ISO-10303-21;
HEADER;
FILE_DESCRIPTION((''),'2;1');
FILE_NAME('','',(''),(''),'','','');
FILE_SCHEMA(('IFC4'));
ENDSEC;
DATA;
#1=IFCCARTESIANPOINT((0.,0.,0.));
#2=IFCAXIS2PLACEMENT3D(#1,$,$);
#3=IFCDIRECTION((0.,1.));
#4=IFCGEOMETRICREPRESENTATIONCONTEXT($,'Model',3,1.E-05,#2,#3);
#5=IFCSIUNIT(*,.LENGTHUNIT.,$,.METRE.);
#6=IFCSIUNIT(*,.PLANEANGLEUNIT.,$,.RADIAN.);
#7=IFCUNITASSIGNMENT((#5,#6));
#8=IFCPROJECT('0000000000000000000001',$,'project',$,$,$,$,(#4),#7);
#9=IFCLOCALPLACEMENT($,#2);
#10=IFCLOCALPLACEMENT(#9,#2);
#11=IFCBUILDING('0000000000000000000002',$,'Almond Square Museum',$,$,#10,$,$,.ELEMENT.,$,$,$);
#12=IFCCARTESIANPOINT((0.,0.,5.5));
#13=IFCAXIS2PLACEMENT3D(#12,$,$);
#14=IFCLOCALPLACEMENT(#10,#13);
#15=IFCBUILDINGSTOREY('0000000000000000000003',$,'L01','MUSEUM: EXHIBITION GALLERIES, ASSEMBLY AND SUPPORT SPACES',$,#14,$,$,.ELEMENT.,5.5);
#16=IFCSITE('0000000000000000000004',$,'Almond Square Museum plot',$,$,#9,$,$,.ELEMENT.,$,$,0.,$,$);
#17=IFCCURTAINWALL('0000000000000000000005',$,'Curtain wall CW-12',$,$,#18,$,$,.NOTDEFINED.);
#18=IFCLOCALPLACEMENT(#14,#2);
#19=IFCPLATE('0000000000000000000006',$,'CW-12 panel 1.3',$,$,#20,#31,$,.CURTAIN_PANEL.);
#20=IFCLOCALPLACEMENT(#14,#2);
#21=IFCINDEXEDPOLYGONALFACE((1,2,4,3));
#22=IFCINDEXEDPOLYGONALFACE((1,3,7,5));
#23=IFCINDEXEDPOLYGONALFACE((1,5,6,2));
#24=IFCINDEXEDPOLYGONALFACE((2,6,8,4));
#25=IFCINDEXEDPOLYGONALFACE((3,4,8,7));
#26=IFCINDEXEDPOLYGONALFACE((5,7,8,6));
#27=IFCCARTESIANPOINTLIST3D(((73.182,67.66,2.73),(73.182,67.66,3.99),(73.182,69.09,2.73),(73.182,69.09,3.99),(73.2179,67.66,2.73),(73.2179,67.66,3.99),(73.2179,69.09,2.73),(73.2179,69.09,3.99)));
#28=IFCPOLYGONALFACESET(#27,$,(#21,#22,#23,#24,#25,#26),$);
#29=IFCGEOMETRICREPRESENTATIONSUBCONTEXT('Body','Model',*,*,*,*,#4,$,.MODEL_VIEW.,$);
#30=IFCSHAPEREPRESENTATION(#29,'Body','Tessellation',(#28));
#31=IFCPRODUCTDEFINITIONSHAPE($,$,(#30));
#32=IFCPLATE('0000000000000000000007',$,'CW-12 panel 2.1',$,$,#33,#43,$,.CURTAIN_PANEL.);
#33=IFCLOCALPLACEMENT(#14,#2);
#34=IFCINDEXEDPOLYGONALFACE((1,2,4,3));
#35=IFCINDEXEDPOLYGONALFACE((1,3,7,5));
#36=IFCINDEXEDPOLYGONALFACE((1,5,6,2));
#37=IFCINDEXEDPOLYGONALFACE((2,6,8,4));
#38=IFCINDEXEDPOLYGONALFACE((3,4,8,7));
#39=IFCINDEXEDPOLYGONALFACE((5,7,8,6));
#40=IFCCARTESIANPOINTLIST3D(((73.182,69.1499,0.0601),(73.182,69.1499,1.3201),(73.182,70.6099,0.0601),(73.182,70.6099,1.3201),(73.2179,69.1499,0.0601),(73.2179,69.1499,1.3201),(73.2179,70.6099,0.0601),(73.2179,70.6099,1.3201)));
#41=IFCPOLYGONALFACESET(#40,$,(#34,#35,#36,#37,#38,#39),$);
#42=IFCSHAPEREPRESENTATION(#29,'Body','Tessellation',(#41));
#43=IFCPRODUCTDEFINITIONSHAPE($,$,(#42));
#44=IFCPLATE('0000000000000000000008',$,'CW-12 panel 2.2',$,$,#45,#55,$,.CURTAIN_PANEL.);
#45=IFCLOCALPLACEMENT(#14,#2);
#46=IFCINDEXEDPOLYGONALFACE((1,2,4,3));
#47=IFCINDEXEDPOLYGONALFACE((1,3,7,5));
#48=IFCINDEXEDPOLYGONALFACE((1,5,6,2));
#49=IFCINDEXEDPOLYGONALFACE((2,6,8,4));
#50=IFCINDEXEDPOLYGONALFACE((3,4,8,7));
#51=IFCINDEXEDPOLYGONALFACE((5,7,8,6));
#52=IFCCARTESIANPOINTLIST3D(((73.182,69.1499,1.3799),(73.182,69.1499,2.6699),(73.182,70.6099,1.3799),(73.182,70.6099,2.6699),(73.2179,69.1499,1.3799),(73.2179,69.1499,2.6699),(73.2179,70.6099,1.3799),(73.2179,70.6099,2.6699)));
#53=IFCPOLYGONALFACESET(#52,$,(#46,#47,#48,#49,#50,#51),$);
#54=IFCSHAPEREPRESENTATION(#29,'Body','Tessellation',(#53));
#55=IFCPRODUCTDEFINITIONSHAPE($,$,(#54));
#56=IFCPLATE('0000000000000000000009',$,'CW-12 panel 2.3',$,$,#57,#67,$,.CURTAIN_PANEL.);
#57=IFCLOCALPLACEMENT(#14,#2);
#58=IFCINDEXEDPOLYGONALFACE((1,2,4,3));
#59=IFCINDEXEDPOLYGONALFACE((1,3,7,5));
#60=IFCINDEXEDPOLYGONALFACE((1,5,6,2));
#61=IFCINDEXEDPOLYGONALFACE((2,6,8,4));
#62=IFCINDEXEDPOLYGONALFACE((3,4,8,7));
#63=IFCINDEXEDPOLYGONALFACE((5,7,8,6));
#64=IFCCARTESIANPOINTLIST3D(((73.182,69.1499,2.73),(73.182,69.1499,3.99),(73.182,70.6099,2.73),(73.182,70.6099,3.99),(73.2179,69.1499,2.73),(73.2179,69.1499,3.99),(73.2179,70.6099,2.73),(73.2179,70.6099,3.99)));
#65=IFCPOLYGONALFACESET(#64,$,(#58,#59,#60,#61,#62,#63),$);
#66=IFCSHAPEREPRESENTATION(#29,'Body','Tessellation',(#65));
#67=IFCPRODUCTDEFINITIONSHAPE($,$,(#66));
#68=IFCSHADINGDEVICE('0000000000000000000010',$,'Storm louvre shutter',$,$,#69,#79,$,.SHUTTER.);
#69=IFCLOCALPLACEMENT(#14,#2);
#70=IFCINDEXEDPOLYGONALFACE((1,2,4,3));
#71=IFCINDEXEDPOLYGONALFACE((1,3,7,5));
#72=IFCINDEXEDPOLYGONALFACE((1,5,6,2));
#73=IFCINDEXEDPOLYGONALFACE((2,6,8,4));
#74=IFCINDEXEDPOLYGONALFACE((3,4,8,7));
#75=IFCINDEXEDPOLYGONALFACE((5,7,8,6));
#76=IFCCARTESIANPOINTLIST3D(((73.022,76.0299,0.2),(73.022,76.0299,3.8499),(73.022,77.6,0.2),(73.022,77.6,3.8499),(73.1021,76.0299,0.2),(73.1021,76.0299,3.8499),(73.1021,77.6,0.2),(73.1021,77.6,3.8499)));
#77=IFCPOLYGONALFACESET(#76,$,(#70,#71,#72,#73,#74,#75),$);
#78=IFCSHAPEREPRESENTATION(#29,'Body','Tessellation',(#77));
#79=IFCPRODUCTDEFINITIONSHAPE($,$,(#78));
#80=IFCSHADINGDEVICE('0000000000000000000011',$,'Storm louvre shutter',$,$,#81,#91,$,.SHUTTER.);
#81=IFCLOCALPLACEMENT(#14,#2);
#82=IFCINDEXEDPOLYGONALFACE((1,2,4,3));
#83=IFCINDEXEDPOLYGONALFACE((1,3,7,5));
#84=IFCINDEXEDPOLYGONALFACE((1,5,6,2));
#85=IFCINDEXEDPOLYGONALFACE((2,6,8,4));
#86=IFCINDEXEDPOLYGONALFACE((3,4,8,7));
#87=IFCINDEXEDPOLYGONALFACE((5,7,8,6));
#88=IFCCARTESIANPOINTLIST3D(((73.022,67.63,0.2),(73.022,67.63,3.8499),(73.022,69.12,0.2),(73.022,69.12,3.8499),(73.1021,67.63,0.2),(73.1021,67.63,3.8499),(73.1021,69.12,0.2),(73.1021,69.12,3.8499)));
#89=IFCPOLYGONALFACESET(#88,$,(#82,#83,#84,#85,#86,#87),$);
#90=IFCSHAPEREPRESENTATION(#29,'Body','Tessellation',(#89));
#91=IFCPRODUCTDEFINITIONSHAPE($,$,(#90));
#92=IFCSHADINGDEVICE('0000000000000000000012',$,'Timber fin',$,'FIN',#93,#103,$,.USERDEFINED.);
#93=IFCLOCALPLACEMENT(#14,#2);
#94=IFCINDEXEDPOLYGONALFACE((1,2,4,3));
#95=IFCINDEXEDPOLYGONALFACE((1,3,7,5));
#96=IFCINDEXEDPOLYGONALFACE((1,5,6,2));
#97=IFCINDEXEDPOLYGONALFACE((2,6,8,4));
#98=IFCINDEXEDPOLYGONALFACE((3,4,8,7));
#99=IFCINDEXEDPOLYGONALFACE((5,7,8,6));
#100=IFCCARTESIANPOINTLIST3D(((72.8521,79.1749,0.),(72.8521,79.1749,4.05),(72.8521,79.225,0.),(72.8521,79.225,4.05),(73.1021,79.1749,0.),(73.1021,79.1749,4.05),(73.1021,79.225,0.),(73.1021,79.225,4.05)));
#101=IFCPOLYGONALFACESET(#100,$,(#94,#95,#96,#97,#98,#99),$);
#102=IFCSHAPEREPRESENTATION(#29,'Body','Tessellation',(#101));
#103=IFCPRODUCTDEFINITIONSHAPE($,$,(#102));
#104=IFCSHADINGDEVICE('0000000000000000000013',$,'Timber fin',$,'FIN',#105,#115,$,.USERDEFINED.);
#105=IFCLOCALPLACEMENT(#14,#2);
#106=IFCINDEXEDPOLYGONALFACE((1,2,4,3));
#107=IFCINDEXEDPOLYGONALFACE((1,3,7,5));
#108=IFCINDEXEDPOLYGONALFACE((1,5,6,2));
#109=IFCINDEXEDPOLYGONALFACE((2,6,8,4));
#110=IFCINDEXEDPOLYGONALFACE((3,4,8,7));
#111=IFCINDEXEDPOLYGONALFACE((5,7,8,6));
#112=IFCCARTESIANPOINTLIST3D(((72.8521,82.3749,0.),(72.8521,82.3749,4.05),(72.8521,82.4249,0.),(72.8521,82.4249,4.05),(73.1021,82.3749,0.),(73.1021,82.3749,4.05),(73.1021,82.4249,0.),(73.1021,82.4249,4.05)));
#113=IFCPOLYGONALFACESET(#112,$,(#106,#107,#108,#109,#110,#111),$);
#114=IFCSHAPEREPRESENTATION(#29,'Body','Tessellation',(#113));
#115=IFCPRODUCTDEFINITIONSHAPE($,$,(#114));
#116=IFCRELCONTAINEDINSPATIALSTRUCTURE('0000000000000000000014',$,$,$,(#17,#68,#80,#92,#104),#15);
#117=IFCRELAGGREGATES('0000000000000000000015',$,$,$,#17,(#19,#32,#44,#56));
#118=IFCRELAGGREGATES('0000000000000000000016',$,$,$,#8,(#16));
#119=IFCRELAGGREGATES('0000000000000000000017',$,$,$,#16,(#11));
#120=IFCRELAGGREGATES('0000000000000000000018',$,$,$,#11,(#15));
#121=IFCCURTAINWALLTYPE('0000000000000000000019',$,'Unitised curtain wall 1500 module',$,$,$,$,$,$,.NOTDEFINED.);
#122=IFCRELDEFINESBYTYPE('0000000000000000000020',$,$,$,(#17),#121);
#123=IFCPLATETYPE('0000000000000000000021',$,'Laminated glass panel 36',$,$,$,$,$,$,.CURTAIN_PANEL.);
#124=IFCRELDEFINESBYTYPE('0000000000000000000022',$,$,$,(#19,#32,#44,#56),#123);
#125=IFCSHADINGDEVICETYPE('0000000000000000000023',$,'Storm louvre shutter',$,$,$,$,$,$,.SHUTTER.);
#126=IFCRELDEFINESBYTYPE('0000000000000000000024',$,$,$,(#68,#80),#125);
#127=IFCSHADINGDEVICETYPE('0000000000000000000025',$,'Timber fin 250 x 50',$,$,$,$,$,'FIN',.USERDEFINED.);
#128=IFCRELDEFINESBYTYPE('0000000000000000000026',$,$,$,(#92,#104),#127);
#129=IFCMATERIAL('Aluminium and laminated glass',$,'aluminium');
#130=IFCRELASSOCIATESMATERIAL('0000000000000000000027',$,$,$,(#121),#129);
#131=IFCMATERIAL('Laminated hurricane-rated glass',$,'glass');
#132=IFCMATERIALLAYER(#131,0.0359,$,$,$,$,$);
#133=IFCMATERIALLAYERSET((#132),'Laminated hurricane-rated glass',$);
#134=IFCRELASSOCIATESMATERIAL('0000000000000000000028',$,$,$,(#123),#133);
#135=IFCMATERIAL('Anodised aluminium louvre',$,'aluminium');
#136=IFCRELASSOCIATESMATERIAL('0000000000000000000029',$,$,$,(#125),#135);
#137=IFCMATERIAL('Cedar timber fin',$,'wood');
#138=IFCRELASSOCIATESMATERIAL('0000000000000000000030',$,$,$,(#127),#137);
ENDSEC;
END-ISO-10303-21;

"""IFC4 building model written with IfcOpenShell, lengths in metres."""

from ifc_helpers import new_model, si_unit, direction, frame, origin, origin_2d, place, context, subcontext, project, spatial, rectangle, extrude, material, layer, layer_set, material_profile, profile_set, type_object, element, aggregate, save


model = new_model("IFC4")

# Units and contexts
model_context = context("Model", 3, precision=1e-05, world=origin(), true_north=direction((0.0, 1.0)))
body_context = subcontext(model_context, "Body", "Model", "MODEL_VIEW")
ifc_project = project(units=[si_unit("LENGTHUNIT", "METRE"), si_unit("PLANEANGLEUNIT", "RADIAN")], contexts=[model_context])

# Site, building, storey
site_placement = place(None, origin())
site = spatial("IfcSite", under=ifc_project, at=site_placement, Name="Almond Square Museum plot", CompositionType="ELEMENT", RefElevation=0.0)
building_placement = place(site_placement, origin())
building = spatial("IfcBuilding", under=site, at=building_placement, Name="Almond Square Museum", CompositionType="ELEMENT")
storey_placement = place(building_placement, frame((0.0, 0.0, 5.5)))
storey = spatial("IfcBuildingStorey", under=building, at=storey_placement, Name="L01", Description="MUSEUM: EXHIBITION GALLERIES, ASSEMBLY AND SUPPORT SPACES", CompositionType="ELEMENT", Elevation=5.5)

# Curtain wall, plates
ifc_material_1 = material(Name="Aluminium and laminated glass", Category="aluminium")
curtain_wall_type = type_object("IfcCurtainWallType", Name="Unitised curtain wall 1500 module", PredefinedType="NOTDEFINED", material=ifc_material_1)
curtain_wall_placement = place(storey_placement, origin())
curtain_wall = element("IfcCurtainWall", 1, at=curtain_wall_placement, inside=storey, type_object=curtain_wall_type, Name="Curtain wall CW-12", PredefinedType="NOTDEFINED")
ifc_material_2 = material(Name="Laminated hurricane-rated glass", Category="glass")
ifc_layer = layer(ifc_material_2, 0.0359)
ifc_layer_set = layer_set([ifc_layer], Name="Laminated hurricane-rated glass")
plate_type = type_object("IfcPlateType", Name="Laminated glass panel 36", PredefinedType="CURTAIN_PANEL", material=ifc_layer_set)
plate_1_placement = place(storey_placement, frame((73.2, 68.375, 2.73), z_axis=(0.0, 0.0, 1.0), x_axis=(0.0, 1.0, 0.0)))
plate_1 = element("IfcPlate", 2, at=plate_1_placement, type_object=plate_type, Name="CW-12 panel 1.3", PredefinedType="CURTAIN_PANEL", context=body_context, shape_type="SweptSolid", body=[
    extrude(rectangle(XDim=1.4299, YDim=0.0359, at=origin_2d()), origin(), (0.0, 0.0, 1.0), 1.26),
])
plate_2_placement = place(storey_placement, frame((73.2, 69.8799, 0.0601), z_axis=(0.0, 0.0, 1.0), x_axis=(0.0, 1.0, 0.0)))
plate_2 = element("IfcPlate", 3, at=plate_2_placement, type_object=plate_type, Name="CW-12 panel 2.1", PredefinedType="CURTAIN_PANEL", context=body_context, shape_type="SweptSolid", body=[
    extrude(rectangle(XDim=1.46, YDim=0.0359, at=origin_2d()), origin(), (0.0, 0.0, 1.0), 1.26),
])
plate_3_placement = place(storey_placement, frame((73.2, 69.8799, 1.3799), z_axis=(0.0, 0.0, 1.0), x_axis=(0.0, 1.0, 0.0)))
plate_3 = element("IfcPlate", 4, at=plate_3_placement, type_object=plate_type, Name="CW-12 panel 2.2", PredefinedType="CURTAIN_PANEL", context=body_context, shape_type="SweptSolid", body=[
    extrude(rectangle(XDim=1.46, YDim=0.0359, at=origin_2d()), origin(), (0.0, 0.0, 1.0), 1.29),
])
plate_4_placement = place(storey_placement, frame((73.2, 69.8799, 2.73), z_axis=(0.0, 0.0, 1.0), x_axis=(0.0, 1.0, 0.0)))
plate_4 = element("IfcPlate", 5, at=plate_4_placement, type_object=plate_type, Name="CW-12 panel 2.3", PredefinedType="CURTAIN_PANEL", context=body_context, shape_type="SweptSolid", body=[
    extrude(rectangle(XDim=1.46, YDim=0.0359, at=origin_2d()), origin(), (0.0, 0.0, 1.0), 1.26),
])
aggregate(curtain_wall, [plate_1, plate_2, plate_3, plate_4])

# Shading devices
ifc_material_3 = material(Name="Anodised aluminium louvre", Category="aluminium")
shading_device_type_1 = type_object("IfcShadingDeviceType", Name="Storm louvre shutter", PredefinedType="SHUTTER", material=ifc_material_3)
shading_device_1_placement = place(storey_placement, frame((73.062, 76.8149, 0.2), z_axis=(0.0, 0.0, 1.0), x_axis=(1.0, 0.0, 0.0)))
element("IfcShadingDevice", 6, at=shading_device_1_placement, inside=storey, type_object=shading_device_type_1, Name="Storm louvre shutter", PredefinedType="SHUTTER", context=body_context, shape_type="SweptSolid", body=[
    extrude(rectangle(XDim=0.0801, YDim=1.5701, at=origin_2d()), origin(), (0.0, 0.0, 1.0), 3.6499),
])
shading_device_2_placement = place(storey_placement, frame((73.062, 68.375, 0.2), z_axis=(0.0, 0.0, 1.0), x_axis=(1.0, 0.0, 0.0)))
element("IfcShadingDevice", 7, at=shading_device_2_placement, inside=storey, type_object=shading_device_type_1, Name="Storm louvre shutter", PredefinedType="SHUTTER", context=body_context, shape_type="SweptSolid", body=[
    extrude(rectangle(XDim=0.0801, YDim=1.49, at=origin_2d()), origin(), (0.0, 0.0, 1.0), 3.6499),
])
ifc_material_4 = material(Name="Cedar timber fin", Category="wood")
ifc_material_profile_1 = material_profile(ifc_material_4, rectangle(XDim=0.25, YDim=0.05, at=origin_2d()))
ifc_profile_set_1 = profile_set([ifc_material_profile_1], Name="Cedar timber fin")
shading_device_type_2 = type_object("IfcShadingDeviceType", Name="Timber fin 250 x 50", ElementType="FIN", PredefinedType="USERDEFINED", material=ifc_profile_set_1)
for number, where, z_axis, x_axis, name in (
    (8, (72.9771, 79.2, 0.0), (0.0, 0.0, 1.0), (-1.0, 0.0, 0.0), "Timber fin"),
    (9, (72.9771, 82.3999, 0.0), (0.0, 0.0, 1.0), (-1.0, 0.0, 0.0), "Timber fin"),
):
    element("IfcShadingDevice", number, at=place(storey_placement, frame(where, z_axis=z_axis, x_axis=x_axis)), inside=storey, type_object=shading_device_type_2, Name=name, ObjectType="FIN", PredefinedType="USERDEFINED", context=body_context, shape_type="SweptSolid", body=[
        extrude(rectangle(XDim=0.25, YDim=0.05, at=origin_2d()), origin(), (0.0, 0.0, 1.0), 4.05),
    ])

save(model, "model.ifc")
